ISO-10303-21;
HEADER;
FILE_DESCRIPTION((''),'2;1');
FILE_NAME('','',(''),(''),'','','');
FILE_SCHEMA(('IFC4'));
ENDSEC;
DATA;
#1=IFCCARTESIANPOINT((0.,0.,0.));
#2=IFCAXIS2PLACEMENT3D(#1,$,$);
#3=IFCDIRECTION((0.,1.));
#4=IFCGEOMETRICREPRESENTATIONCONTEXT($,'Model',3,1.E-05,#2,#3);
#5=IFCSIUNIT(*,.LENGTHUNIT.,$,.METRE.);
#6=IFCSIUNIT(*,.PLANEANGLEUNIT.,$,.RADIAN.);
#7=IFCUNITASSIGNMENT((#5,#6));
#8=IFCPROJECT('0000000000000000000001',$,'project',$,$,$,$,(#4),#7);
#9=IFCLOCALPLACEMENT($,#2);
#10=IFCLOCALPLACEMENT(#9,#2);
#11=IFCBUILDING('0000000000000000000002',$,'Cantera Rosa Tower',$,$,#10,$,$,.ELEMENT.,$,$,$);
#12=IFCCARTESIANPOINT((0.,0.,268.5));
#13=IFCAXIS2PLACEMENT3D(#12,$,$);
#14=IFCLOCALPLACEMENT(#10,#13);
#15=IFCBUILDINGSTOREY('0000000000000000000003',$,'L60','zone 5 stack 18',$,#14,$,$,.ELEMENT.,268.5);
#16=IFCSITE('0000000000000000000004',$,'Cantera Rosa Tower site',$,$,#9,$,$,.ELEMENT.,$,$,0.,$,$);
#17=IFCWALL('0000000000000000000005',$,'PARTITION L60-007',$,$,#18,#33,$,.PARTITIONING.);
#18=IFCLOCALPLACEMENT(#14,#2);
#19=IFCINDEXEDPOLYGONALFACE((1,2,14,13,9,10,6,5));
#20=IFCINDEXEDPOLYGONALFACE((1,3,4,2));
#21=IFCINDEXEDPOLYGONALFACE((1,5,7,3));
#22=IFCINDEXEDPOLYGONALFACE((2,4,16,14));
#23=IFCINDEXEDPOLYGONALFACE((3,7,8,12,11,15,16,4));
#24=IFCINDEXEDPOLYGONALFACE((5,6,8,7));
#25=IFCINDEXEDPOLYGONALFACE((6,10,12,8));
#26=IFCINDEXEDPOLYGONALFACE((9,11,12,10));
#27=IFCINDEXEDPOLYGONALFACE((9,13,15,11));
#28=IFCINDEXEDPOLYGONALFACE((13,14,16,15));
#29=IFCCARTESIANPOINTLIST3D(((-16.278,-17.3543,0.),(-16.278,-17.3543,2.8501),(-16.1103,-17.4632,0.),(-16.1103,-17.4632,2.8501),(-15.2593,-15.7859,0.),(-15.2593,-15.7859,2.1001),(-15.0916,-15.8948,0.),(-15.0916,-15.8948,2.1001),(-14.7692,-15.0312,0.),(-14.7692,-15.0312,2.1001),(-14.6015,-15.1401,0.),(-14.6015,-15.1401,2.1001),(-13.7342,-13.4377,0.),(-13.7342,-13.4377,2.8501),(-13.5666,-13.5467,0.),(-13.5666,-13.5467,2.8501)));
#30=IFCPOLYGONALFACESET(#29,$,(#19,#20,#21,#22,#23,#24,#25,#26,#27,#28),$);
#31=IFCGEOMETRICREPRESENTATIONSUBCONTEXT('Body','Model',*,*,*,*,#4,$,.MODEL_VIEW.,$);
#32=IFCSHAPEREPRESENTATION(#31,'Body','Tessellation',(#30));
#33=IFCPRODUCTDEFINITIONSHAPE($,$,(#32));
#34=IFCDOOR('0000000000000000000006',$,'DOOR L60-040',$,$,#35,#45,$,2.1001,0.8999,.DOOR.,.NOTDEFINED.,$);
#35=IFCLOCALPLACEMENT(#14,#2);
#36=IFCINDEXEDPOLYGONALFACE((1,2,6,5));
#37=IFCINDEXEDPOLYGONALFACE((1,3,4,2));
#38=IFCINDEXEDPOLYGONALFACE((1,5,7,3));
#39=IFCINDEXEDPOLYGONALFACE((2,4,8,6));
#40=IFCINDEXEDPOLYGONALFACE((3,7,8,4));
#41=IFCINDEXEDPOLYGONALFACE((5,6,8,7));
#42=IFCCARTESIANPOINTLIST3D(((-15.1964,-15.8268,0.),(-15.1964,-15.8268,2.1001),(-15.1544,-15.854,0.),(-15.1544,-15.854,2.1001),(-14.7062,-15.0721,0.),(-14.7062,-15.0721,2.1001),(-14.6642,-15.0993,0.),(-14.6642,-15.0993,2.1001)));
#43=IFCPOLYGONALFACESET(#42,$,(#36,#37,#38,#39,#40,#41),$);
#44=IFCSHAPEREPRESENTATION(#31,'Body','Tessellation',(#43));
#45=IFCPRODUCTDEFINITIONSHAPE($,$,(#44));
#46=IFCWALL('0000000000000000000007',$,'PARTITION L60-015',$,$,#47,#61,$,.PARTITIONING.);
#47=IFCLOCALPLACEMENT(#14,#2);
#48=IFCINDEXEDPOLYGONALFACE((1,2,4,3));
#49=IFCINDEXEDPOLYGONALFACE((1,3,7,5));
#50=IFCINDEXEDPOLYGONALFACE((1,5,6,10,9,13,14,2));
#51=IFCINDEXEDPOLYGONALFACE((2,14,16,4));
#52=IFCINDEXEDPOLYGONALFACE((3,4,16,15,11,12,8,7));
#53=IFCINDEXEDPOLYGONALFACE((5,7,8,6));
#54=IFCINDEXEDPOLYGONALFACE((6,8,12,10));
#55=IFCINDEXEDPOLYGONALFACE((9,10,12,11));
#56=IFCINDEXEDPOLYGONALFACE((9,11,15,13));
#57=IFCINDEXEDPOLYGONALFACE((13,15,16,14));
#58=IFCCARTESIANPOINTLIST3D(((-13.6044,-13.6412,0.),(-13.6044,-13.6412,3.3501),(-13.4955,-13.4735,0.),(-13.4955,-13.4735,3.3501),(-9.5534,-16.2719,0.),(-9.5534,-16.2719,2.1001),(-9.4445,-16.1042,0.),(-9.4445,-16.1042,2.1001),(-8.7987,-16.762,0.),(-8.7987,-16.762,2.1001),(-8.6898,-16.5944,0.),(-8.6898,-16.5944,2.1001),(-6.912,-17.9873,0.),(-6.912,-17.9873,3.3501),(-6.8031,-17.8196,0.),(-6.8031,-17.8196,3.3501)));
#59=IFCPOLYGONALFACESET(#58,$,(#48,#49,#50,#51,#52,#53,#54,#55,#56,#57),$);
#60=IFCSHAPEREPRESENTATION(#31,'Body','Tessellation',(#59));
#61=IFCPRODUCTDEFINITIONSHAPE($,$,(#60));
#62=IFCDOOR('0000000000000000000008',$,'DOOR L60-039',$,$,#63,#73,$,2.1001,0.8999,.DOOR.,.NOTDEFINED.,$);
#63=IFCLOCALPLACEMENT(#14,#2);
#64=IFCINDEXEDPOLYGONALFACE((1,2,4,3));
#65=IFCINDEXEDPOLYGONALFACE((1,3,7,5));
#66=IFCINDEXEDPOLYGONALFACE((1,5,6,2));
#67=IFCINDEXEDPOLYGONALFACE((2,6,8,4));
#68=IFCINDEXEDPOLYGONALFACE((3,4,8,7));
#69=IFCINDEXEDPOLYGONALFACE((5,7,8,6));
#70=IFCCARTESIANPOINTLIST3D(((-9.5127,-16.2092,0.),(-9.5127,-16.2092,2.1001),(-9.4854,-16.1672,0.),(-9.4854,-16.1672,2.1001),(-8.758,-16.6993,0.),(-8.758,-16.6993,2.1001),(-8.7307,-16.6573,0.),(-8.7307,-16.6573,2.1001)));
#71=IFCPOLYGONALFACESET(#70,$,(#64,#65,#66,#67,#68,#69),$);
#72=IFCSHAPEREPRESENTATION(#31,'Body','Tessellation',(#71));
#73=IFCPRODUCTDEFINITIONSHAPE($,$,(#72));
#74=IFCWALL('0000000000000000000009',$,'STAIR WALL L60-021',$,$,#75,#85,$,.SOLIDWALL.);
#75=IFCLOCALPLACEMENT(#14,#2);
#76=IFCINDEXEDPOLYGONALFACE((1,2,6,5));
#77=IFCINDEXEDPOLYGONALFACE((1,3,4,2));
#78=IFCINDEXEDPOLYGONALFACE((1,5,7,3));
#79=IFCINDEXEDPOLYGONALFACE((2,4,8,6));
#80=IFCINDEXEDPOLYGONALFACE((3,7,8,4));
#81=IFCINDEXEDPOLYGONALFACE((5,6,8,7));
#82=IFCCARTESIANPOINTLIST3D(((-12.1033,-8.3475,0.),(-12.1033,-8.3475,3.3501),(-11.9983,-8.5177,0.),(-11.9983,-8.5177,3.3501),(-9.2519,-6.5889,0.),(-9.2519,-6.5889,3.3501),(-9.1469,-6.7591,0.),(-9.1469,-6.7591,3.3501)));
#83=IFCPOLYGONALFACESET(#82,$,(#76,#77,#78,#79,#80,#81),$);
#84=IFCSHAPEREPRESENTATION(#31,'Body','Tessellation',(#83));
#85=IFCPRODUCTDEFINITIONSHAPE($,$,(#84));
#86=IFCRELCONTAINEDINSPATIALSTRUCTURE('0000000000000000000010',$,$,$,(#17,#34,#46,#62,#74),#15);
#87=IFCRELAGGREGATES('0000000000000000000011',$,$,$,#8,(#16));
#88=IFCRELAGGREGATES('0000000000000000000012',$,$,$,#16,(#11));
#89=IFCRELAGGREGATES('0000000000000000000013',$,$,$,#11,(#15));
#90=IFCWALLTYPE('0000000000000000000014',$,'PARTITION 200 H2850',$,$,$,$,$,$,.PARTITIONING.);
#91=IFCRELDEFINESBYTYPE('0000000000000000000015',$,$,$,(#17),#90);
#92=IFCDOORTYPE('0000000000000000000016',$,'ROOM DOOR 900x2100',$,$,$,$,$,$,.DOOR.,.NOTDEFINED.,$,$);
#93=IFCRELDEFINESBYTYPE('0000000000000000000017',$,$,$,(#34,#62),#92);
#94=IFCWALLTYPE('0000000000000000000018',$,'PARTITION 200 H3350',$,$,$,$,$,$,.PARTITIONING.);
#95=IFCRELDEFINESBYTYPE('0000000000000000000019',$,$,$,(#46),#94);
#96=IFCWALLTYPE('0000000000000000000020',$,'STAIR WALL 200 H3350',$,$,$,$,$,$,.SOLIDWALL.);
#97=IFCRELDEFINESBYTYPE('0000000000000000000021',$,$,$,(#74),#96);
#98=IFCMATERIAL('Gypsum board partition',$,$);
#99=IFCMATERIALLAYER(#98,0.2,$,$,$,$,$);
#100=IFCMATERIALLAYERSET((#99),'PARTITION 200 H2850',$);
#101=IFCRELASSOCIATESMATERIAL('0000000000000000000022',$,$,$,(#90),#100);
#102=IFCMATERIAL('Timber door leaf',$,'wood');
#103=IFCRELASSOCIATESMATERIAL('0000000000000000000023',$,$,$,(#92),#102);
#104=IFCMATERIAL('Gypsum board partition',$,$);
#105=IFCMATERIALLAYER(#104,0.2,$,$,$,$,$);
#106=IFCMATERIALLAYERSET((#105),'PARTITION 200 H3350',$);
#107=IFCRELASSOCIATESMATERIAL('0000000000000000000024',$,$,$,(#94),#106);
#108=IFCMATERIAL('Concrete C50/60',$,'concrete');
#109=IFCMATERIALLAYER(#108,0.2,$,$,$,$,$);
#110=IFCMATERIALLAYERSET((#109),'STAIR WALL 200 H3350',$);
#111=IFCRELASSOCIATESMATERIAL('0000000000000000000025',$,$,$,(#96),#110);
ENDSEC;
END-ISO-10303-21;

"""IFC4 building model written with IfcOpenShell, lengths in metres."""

from ifc_helpers import new_model, si_unit, direction, frame, frame_2d, origin, place, context, subcontext, project, spatial, rectangle, extrude, material, layer, layer_set, type_object, element, fill, save


model = new_model("IFC4")

# Units and contexts
model_context = context("Model", 3, precision=1e-05, world=origin(), true_north=direction((0.0, 1.0)))
body_context = subcontext(model_context, "Body", "Model", "MODEL_VIEW")
ifc_project = project(units=[si_unit("LENGTHUNIT", "METRE"), si_unit("PLANEANGLEUNIT", "RADIAN")], contexts=[model_context])

# Site, building, storey
site_placement = place(None, origin())
site = spatial("IfcSite", under=ifc_project, at=site_placement, Name="Cantera Rosa Tower site", CompositionType="ELEMENT", RefElevation=0.0)
building_placement = place(site_placement, origin())
building = spatial("IfcBuilding", under=site, at=building_placement, Name="Cantera Rosa Tower", CompositionType="ELEMENT")
storey_placement = place(building_placement, frame((0.0, 0.0, 268.5)))
storey = spatial("IfcBuildingStorey", under=building, at=storey_placement, Name="L60", Description="zone 5 stack 18", CompositionType="ELEMENT", Elevation=268.5)

# Walls, openings, doors
ifc_material_1 = material(Name="Gypsum board partition")
ifc_layer_1 = layer(ifc_material_1, 0.2)
ifc_layer_set_1 = layer_set([ifc_layer_1], Name="PARTITION 200 H2850")
wall_type_1 = type_object("IfcWallType", Name="PARTITION 200 H2850", PredefinedType="PARTITIONING", material=ifc_layer_set_1)
wall_1_placement = place(storey_placement, frame((-16.1941, -17.4087, 0.0), z_axis=(0.0, 0.0, 1.0), x_axis=(0.544683, 0.838642, 0.0)))
wall_1 = element("IfcWall", 1, at=wall_1_placement, inside=storey, type_object=wall_type_1, Name="PARTITION L60-007", PredefinedType="PARTITIONING", context=body_context, shape_type="SweptSolid", body=[
    extrude(rectangle(XDim=4.6702, YDim=0.2, at=frame_2d((2.335, 0.0))), origin(), (0.0, 0.0, 1.0), 2.8501),
])
opening_1_placement = place(wall_1_placement, frame((1.8701, 0.0, 0.0)))
opening_1 = element("IfcOpeningElement", 2, at=opening_1_placement, cuts=wall_1, PredefinedType="OPENING", context=body_context, shape_type="SweptSolid", body=[
    extrude(rectangle(XDim=0.8999, YDim=2.1001, at=frame_2d((0.45, 1.05))), frame((0.0, 0.1099, 0.0), z_axis=(0.0, -1.0, 0.0), x_axis=(1.0, 0.0, 0.0)), (0.0, 0.0, 1.0), 0.22),
])
ifc_material_2 = material(Name="Timber door leaf", Category="wood")
door_type_1 = type_object("IfcDoorType", Name="ROOM DOOR 900x2100", OperationType="NOTDEFINED", PredefinedType="DOOR", material=ifc_material_2)
door_1_placement = place(opening_1_placement, origin())
door_1 = element("IfcDoor", 3, at=door_1_placement, inside=storey, type_object=door_type_1, Name="DOOR L60-040", OperationType="NOTDEFINED", OverallHeight=2.1001, OverallWidth=0.8999, PredefinedType="DOOR", context=body_context, shape_type="SweptSolid", body=[
    extrude(rectangle(XDim=0.8999, YDim=2.1001, at=frame_2d((0.45, 1.05))), frame((0.0, 0.0249, 0.0), z_axis=(0.0, -1.0, 0.0), x_axis=(1.0, 0.0, 0.0)), (0.0, 0.0, 1.0), 0.05),
])
fill(opening_1, door_1)
ifc_material_3 = material(Name="Gypsum board partition")
ifc_layer_2 = layer(ifc_material_3, 0.2)
ifc_layer_set_2 = layer_set([ifc_layer_2], Name="PARTITION 200 H3350")
wall_type_2 = type_object("IfcWallType", Name="PARTITION 200 H3350", PredefinedType="PARTITIONING", material=ifc_layer_set_2)
wall_2_placement = place(storey_placement, frame((-13.5498, -13.5574, 0.0), z_axis=(0.0, 0.0, 1.0), x_axis=(0.838664, -0.544648, 0.0)))
wall_2 = element("IfcWall", 4, at=wall_2_placement, inside=storey, type_object=wall_type_2, Name="PARTITION L60-015", PredefinedType="PARTITIONING", context=body_context, shape_type="SweptSolid", body=[
    extrude(rectangle(XDim=7.9797, YDim=0.2, at=frame_2d((3.9897, 0.0))), origin(), (0.0, 0.0, 1.0), 3.3501),
])
opening_2_placement = place(wall_2_placement, frame((4.8301, 0.0, 0.0)))
opening_2 = element("IfcOpeningElement", 5, at=opening_2_placement, cuts=wall_2, PredefinedType="OPENING", context=body_context, shape_type="SweptSolid", body=[
    extrude(rectangle(XDim=0.8999, YDim=2.1001, at=frame_2d((0.45, 1.05))), frame((0.0, 0.1099, 0.0), z_axis=(0.0, -1.0, 0.0), x_axis=(1.0, 0.0, 0.0)), (0.0, 0.0, 1.0), 0.22),
])
door_2_placement = place(opening_2_placement, origin())
door_2 = element("IfcDoor", 6, at=door_2_placement, inside=storey, type_object=door_type_1, Name="DOOR L60-039", OperationType="NOTDEFINED", OverallHeight=2.1001, OverallWidth=0.8999, PredefinedType="DOOR", context=body_context, shape_type="SweptSolid", body=[
    extrude(rectangle(XDim=0.8999, YDim=2.1001, at=frame_2d((0.45, 1.05))), frame((0.0, 0.0249, 0.0), z_axis=(0.0, -1.0, 0.0), x_axis=(1.0, 0.0, 0.0)), (0.0, 0.0, 1.0), 0.05),
])
fill(opening_2, door_2)

# Wall
ifc_material_4 = material(Name="Concrete C50/60", Category="concrete")
ifc_layer_3 = layer(ifc_material_4, 0.2)
ifc_layer_set_3 = layer_set([ifc_layer_3], Name="STAIR WALL 200 H3350")
wall_type_3 = type_object("IfcWallType", Name="STAIR WALL 200 H3350", PredefinedType="SOLIDWALL", material=ifc_layer_set_3)
wall_3_placement = place(storey_placement, frame((-12.0508, -8.4326, 0.0), z_axis=(0.0, 0.0, 1.0), x_axis=(0.85114, 0.524939, 0.0)))
element("IfcWall", 7, at=wall_3_placement, inside=storey, type_object=wall_type_3, Name="STAIR WALL L60-021", PredefinedType="SOLIDWALL", context=body_context, shape_type="SweptSolid", body=[
    extrude(rectangle(XDim=3.3501, YDim=0.2, at=frame_2d((1.675, 0.0))), origin(), (0.0, 0.0, 1.0), 3.3501),
])

save(model, "model.ifc")
